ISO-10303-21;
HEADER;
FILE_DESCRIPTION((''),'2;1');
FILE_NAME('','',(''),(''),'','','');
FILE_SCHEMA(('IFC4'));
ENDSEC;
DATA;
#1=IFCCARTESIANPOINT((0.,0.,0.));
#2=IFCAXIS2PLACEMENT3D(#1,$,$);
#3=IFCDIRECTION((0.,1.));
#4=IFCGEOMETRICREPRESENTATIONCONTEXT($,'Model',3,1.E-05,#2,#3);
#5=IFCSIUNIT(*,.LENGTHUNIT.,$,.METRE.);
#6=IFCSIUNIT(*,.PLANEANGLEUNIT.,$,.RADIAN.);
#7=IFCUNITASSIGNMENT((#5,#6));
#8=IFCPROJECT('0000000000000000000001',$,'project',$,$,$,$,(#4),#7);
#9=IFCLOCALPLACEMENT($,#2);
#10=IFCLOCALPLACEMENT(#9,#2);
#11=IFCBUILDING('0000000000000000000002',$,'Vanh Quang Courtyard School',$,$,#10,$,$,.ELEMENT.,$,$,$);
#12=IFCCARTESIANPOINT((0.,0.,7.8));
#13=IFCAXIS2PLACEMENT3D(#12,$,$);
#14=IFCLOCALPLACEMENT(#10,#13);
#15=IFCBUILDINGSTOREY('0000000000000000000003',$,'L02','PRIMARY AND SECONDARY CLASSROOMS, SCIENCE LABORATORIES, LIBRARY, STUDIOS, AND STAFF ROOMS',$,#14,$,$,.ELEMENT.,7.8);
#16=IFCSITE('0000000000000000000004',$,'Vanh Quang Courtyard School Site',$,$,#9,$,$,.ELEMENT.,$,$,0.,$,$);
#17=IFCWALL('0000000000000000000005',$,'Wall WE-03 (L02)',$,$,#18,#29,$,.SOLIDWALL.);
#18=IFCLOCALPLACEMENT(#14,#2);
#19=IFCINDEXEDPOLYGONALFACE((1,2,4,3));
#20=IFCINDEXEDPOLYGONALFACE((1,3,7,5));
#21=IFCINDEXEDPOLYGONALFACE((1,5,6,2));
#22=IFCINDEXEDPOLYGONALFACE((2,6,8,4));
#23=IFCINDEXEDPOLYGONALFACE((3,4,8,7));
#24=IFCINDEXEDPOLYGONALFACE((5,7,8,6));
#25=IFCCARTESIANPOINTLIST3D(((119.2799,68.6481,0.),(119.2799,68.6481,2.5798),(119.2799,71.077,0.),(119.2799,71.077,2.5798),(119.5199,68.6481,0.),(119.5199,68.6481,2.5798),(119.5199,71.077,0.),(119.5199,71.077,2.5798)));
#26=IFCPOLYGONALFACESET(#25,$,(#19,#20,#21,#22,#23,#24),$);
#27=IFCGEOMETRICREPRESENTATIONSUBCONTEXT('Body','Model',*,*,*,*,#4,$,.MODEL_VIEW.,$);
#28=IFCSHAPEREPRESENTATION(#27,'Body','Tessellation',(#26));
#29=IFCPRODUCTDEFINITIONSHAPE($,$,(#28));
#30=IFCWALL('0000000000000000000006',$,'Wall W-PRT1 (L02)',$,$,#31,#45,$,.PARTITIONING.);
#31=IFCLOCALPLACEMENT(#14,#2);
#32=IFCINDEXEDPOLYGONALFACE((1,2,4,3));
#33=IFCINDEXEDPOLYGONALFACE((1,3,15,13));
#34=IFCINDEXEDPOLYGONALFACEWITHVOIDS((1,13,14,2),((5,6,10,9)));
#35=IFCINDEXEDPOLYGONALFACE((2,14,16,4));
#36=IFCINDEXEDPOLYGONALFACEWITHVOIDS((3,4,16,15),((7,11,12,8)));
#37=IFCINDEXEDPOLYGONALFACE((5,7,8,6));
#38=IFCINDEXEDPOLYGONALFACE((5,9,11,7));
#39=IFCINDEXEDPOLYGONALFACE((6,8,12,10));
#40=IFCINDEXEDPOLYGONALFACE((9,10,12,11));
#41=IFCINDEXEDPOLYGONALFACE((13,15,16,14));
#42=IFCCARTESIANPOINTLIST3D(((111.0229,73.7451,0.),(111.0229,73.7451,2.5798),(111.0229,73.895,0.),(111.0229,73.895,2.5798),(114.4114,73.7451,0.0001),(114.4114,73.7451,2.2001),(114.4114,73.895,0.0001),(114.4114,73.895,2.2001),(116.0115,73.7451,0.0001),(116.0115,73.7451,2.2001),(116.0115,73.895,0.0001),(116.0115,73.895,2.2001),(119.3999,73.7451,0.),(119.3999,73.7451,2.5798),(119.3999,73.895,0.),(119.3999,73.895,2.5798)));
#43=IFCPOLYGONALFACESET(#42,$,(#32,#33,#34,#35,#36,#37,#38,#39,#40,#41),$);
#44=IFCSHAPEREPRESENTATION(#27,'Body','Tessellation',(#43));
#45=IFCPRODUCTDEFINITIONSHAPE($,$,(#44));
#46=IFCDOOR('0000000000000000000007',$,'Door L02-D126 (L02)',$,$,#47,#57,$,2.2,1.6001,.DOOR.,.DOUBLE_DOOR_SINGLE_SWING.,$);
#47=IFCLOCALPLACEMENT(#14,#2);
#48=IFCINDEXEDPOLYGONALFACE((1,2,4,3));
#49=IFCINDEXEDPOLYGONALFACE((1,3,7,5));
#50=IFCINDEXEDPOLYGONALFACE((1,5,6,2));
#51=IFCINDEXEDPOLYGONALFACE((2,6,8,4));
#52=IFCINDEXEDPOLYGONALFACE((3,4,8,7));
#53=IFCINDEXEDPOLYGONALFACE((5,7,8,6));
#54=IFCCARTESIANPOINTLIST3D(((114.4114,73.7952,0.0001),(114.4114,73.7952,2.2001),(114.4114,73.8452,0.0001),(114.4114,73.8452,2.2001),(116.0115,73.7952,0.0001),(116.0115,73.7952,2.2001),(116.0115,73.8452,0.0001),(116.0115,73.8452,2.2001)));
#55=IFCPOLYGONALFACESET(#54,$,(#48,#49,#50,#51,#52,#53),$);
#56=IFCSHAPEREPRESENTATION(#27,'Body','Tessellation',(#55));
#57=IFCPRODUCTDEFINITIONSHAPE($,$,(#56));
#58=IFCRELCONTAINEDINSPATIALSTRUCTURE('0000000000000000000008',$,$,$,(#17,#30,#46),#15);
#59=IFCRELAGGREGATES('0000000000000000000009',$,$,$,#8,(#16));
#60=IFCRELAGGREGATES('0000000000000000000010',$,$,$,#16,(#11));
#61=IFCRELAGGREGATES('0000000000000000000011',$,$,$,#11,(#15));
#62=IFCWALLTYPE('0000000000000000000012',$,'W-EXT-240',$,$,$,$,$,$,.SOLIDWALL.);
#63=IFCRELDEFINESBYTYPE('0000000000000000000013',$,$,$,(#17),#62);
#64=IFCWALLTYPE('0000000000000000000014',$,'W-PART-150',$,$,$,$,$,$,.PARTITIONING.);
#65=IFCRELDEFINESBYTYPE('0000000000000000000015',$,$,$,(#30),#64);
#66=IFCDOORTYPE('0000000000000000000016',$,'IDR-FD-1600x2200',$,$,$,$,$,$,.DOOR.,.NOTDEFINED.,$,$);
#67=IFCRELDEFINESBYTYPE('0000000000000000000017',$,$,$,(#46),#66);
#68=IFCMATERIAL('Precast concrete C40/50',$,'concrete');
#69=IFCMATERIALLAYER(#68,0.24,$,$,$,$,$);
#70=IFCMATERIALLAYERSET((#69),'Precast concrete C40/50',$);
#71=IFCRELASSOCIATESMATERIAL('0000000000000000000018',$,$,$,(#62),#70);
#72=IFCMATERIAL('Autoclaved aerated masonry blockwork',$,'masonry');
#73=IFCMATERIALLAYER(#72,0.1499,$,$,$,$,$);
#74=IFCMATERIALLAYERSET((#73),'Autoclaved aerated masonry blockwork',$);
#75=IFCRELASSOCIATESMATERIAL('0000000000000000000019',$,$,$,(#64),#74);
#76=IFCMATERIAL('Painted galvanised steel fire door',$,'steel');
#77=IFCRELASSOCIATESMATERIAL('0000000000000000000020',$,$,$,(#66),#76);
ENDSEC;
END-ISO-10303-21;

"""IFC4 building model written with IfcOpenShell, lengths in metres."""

from ifc_helpers import new_model, si_unit, direction, frame, frame_2d, origin, place, context, subcontext, project, spatial, rectangle, extrude, material, layer, layer_set, type_object, element, fill, save


model = new_model("IFC4")

# Units and contexts
model_context = context("Model", 3, precision=1e-05, world=origin(), true_north=direction((0.0, 1.0)))
body_context = subcontext(model_context, "Body", "Model", "MODEL_VIEW")
ifc_project = project(units=[si_unit("LENGTHUNIT", "METRE"), si_unit("PLANEANGLEUNIT", "RADIAN")], contexts=[model_context])

# Site, building, storey
site_placement = place(None, origin())
site = spatial("IfcSite", under=ifc_project, at=site_placement, Name="Vanh Quang Courtyard School Site", CompositionType="ELEMENT", RefElevation=0.0)
building_placement = place(site_placement, origin())
building = spatial("IfcBuilding", under=site, at=building_placement, Name="Vanh Quang Courtyard School", CompositionType="ELEMENT")
storey_placement = place(building_placement, frame((0.0, 0.0, 7.8)))
storey = spatial("IfcBuildingStorey", under=building, at=storey_placement, Name="L02", Description="PRIMARY AND SECONDARY CLASSROOMS, SCIENCE LABORATORIES, LIBRARY, STUDIOS, AND STAFF ROOMS", CompositionType="ELEMENT", Elevation=7.8)

# Wall
ifc_material_1 = material(Name="Precast concrete C40/50", Category="concrete")
ifc_layer_1 = layer(ifc_material_1, 0.24)
ifc_layer_set_1 = layer_set([ifc_layer_1], Name="Precast concrete C40/50")
wall_type_1 = type_object("IfcWallType", Name="W-EXT-240", PredefinedType="SOLIDWALL", material=ifc_layer_set_1)
wall_1_placement = place(storey_placement, frame((119.3999, 71.0769, 0.0), z_axis=(0.0, 0.0, 1.0), x_axis=(0.0, -1.0, 0.0)))
element("IfcWall", 1, at=wall_1_placement, inside=storey, type_object=wall_type_1, Name="Wall WE-03 (L02)", PredefinedType="SOLIDWALL", context=body_context, shape_type="SweptSolid", body=[
    extrude(rectangle(XDim=2.429, YDim=0.24, at=frame_2d((1.2144, 0.0))), origin(), (0.0, 0.0, 1.0), 2.5798),
])

# Wall, opening, door
ifc_material_2 = material(Name="Autoclaved aerated masonry blockwork", Category="masonry")
ifc_layer_2 = layer(ifc_material_2, 0.1499)
ifc_layer_set_2 = layer_set([ifc_layer_2], Name="Autoclaved aerated masonry blockwork")
wall_type_2 = type_object("IfcWallType", Name="W-PART-150", PredefinedType="PARTITIONING", material=ifc_layer_set_2)
wall_2_placement = place(storey_placement, frame((119.3999, 73.8201, 0.0), z_axis=(0.0, 0.0, 1.0), x_axis=(-1.0, 0.0, 0.0)))
wall_2 = element("IfcWall", 2, at=wall_2_placement, inside=storey, type_object=wall_type_2, Name="Wall W-PRT1 (L02)", PredefinedType="PARTITIONING", context=body_context, shape_type="SweptSolid", body=[
    extrude(rectangle(XDim=8.377, YDim=0.1499, at=frame_2d((4.1885, 0.0))), origin(), (0.0, 0.0, 1.0), 2.5798),
])
opening_1_placement = place(wall_2_placement, frame((3.3884, 0.0, 0.0)))
opening_1 = element("IfcOpeningElement", 3, at=opening_1_placement, cuts=wall_2, PredefinedType="OPENING", context=body_context, shape_type="SweptSolid", body=[
    extrude(rectangle(XDim=1.6001, YDim=2.2, at=frame_2d((0.8, 1.1001))), frame((0.0, 0.085, 0.0), z_axis=(0.0, -1.0, 0.0), x_axis=(1.0, 0.0, 0.0)), (0.0, 0.0, 1.0), 0.1699),
])
ifc_material_3 = material(Name="Painted galvanised steel fire door", Category="steel")
door_type_1 = type_object("IfcDoorType", Name="IDR-FD-1600x2200", OperationType="NOTDEFINED", PredefinedType="DOOR", material=ifc_material_3)
door_1_placement = place(opening_1_placement, origin())
door_1 = element("IfcDoor", 4, at=door_1_placement, inside=storey, type_object=door_type_1, Name="Door L02-D126 (L02)", OperationType="DOUBLE_DOOR_SINGLE_SWING", OverallHeight=2.2, OverallWidth=1.6001, PredefinedType="DOOR", context=body_context, shape_type="SweptSolid", body=[
    extrude(rectangle(XDim=1.6001, YDim=2.2, at=frame_2d((0.8, 1.1001))), frame((0.0, 0.0249, 0.0), z_axis=(0.0, -1.0, 0.0), x_axis=(1.0, 0.0, 0.0)), (0.0, 0.0, 1.0), 0.05),
])
fill(opening_1, door_1)

save(model, "model.ifc")
